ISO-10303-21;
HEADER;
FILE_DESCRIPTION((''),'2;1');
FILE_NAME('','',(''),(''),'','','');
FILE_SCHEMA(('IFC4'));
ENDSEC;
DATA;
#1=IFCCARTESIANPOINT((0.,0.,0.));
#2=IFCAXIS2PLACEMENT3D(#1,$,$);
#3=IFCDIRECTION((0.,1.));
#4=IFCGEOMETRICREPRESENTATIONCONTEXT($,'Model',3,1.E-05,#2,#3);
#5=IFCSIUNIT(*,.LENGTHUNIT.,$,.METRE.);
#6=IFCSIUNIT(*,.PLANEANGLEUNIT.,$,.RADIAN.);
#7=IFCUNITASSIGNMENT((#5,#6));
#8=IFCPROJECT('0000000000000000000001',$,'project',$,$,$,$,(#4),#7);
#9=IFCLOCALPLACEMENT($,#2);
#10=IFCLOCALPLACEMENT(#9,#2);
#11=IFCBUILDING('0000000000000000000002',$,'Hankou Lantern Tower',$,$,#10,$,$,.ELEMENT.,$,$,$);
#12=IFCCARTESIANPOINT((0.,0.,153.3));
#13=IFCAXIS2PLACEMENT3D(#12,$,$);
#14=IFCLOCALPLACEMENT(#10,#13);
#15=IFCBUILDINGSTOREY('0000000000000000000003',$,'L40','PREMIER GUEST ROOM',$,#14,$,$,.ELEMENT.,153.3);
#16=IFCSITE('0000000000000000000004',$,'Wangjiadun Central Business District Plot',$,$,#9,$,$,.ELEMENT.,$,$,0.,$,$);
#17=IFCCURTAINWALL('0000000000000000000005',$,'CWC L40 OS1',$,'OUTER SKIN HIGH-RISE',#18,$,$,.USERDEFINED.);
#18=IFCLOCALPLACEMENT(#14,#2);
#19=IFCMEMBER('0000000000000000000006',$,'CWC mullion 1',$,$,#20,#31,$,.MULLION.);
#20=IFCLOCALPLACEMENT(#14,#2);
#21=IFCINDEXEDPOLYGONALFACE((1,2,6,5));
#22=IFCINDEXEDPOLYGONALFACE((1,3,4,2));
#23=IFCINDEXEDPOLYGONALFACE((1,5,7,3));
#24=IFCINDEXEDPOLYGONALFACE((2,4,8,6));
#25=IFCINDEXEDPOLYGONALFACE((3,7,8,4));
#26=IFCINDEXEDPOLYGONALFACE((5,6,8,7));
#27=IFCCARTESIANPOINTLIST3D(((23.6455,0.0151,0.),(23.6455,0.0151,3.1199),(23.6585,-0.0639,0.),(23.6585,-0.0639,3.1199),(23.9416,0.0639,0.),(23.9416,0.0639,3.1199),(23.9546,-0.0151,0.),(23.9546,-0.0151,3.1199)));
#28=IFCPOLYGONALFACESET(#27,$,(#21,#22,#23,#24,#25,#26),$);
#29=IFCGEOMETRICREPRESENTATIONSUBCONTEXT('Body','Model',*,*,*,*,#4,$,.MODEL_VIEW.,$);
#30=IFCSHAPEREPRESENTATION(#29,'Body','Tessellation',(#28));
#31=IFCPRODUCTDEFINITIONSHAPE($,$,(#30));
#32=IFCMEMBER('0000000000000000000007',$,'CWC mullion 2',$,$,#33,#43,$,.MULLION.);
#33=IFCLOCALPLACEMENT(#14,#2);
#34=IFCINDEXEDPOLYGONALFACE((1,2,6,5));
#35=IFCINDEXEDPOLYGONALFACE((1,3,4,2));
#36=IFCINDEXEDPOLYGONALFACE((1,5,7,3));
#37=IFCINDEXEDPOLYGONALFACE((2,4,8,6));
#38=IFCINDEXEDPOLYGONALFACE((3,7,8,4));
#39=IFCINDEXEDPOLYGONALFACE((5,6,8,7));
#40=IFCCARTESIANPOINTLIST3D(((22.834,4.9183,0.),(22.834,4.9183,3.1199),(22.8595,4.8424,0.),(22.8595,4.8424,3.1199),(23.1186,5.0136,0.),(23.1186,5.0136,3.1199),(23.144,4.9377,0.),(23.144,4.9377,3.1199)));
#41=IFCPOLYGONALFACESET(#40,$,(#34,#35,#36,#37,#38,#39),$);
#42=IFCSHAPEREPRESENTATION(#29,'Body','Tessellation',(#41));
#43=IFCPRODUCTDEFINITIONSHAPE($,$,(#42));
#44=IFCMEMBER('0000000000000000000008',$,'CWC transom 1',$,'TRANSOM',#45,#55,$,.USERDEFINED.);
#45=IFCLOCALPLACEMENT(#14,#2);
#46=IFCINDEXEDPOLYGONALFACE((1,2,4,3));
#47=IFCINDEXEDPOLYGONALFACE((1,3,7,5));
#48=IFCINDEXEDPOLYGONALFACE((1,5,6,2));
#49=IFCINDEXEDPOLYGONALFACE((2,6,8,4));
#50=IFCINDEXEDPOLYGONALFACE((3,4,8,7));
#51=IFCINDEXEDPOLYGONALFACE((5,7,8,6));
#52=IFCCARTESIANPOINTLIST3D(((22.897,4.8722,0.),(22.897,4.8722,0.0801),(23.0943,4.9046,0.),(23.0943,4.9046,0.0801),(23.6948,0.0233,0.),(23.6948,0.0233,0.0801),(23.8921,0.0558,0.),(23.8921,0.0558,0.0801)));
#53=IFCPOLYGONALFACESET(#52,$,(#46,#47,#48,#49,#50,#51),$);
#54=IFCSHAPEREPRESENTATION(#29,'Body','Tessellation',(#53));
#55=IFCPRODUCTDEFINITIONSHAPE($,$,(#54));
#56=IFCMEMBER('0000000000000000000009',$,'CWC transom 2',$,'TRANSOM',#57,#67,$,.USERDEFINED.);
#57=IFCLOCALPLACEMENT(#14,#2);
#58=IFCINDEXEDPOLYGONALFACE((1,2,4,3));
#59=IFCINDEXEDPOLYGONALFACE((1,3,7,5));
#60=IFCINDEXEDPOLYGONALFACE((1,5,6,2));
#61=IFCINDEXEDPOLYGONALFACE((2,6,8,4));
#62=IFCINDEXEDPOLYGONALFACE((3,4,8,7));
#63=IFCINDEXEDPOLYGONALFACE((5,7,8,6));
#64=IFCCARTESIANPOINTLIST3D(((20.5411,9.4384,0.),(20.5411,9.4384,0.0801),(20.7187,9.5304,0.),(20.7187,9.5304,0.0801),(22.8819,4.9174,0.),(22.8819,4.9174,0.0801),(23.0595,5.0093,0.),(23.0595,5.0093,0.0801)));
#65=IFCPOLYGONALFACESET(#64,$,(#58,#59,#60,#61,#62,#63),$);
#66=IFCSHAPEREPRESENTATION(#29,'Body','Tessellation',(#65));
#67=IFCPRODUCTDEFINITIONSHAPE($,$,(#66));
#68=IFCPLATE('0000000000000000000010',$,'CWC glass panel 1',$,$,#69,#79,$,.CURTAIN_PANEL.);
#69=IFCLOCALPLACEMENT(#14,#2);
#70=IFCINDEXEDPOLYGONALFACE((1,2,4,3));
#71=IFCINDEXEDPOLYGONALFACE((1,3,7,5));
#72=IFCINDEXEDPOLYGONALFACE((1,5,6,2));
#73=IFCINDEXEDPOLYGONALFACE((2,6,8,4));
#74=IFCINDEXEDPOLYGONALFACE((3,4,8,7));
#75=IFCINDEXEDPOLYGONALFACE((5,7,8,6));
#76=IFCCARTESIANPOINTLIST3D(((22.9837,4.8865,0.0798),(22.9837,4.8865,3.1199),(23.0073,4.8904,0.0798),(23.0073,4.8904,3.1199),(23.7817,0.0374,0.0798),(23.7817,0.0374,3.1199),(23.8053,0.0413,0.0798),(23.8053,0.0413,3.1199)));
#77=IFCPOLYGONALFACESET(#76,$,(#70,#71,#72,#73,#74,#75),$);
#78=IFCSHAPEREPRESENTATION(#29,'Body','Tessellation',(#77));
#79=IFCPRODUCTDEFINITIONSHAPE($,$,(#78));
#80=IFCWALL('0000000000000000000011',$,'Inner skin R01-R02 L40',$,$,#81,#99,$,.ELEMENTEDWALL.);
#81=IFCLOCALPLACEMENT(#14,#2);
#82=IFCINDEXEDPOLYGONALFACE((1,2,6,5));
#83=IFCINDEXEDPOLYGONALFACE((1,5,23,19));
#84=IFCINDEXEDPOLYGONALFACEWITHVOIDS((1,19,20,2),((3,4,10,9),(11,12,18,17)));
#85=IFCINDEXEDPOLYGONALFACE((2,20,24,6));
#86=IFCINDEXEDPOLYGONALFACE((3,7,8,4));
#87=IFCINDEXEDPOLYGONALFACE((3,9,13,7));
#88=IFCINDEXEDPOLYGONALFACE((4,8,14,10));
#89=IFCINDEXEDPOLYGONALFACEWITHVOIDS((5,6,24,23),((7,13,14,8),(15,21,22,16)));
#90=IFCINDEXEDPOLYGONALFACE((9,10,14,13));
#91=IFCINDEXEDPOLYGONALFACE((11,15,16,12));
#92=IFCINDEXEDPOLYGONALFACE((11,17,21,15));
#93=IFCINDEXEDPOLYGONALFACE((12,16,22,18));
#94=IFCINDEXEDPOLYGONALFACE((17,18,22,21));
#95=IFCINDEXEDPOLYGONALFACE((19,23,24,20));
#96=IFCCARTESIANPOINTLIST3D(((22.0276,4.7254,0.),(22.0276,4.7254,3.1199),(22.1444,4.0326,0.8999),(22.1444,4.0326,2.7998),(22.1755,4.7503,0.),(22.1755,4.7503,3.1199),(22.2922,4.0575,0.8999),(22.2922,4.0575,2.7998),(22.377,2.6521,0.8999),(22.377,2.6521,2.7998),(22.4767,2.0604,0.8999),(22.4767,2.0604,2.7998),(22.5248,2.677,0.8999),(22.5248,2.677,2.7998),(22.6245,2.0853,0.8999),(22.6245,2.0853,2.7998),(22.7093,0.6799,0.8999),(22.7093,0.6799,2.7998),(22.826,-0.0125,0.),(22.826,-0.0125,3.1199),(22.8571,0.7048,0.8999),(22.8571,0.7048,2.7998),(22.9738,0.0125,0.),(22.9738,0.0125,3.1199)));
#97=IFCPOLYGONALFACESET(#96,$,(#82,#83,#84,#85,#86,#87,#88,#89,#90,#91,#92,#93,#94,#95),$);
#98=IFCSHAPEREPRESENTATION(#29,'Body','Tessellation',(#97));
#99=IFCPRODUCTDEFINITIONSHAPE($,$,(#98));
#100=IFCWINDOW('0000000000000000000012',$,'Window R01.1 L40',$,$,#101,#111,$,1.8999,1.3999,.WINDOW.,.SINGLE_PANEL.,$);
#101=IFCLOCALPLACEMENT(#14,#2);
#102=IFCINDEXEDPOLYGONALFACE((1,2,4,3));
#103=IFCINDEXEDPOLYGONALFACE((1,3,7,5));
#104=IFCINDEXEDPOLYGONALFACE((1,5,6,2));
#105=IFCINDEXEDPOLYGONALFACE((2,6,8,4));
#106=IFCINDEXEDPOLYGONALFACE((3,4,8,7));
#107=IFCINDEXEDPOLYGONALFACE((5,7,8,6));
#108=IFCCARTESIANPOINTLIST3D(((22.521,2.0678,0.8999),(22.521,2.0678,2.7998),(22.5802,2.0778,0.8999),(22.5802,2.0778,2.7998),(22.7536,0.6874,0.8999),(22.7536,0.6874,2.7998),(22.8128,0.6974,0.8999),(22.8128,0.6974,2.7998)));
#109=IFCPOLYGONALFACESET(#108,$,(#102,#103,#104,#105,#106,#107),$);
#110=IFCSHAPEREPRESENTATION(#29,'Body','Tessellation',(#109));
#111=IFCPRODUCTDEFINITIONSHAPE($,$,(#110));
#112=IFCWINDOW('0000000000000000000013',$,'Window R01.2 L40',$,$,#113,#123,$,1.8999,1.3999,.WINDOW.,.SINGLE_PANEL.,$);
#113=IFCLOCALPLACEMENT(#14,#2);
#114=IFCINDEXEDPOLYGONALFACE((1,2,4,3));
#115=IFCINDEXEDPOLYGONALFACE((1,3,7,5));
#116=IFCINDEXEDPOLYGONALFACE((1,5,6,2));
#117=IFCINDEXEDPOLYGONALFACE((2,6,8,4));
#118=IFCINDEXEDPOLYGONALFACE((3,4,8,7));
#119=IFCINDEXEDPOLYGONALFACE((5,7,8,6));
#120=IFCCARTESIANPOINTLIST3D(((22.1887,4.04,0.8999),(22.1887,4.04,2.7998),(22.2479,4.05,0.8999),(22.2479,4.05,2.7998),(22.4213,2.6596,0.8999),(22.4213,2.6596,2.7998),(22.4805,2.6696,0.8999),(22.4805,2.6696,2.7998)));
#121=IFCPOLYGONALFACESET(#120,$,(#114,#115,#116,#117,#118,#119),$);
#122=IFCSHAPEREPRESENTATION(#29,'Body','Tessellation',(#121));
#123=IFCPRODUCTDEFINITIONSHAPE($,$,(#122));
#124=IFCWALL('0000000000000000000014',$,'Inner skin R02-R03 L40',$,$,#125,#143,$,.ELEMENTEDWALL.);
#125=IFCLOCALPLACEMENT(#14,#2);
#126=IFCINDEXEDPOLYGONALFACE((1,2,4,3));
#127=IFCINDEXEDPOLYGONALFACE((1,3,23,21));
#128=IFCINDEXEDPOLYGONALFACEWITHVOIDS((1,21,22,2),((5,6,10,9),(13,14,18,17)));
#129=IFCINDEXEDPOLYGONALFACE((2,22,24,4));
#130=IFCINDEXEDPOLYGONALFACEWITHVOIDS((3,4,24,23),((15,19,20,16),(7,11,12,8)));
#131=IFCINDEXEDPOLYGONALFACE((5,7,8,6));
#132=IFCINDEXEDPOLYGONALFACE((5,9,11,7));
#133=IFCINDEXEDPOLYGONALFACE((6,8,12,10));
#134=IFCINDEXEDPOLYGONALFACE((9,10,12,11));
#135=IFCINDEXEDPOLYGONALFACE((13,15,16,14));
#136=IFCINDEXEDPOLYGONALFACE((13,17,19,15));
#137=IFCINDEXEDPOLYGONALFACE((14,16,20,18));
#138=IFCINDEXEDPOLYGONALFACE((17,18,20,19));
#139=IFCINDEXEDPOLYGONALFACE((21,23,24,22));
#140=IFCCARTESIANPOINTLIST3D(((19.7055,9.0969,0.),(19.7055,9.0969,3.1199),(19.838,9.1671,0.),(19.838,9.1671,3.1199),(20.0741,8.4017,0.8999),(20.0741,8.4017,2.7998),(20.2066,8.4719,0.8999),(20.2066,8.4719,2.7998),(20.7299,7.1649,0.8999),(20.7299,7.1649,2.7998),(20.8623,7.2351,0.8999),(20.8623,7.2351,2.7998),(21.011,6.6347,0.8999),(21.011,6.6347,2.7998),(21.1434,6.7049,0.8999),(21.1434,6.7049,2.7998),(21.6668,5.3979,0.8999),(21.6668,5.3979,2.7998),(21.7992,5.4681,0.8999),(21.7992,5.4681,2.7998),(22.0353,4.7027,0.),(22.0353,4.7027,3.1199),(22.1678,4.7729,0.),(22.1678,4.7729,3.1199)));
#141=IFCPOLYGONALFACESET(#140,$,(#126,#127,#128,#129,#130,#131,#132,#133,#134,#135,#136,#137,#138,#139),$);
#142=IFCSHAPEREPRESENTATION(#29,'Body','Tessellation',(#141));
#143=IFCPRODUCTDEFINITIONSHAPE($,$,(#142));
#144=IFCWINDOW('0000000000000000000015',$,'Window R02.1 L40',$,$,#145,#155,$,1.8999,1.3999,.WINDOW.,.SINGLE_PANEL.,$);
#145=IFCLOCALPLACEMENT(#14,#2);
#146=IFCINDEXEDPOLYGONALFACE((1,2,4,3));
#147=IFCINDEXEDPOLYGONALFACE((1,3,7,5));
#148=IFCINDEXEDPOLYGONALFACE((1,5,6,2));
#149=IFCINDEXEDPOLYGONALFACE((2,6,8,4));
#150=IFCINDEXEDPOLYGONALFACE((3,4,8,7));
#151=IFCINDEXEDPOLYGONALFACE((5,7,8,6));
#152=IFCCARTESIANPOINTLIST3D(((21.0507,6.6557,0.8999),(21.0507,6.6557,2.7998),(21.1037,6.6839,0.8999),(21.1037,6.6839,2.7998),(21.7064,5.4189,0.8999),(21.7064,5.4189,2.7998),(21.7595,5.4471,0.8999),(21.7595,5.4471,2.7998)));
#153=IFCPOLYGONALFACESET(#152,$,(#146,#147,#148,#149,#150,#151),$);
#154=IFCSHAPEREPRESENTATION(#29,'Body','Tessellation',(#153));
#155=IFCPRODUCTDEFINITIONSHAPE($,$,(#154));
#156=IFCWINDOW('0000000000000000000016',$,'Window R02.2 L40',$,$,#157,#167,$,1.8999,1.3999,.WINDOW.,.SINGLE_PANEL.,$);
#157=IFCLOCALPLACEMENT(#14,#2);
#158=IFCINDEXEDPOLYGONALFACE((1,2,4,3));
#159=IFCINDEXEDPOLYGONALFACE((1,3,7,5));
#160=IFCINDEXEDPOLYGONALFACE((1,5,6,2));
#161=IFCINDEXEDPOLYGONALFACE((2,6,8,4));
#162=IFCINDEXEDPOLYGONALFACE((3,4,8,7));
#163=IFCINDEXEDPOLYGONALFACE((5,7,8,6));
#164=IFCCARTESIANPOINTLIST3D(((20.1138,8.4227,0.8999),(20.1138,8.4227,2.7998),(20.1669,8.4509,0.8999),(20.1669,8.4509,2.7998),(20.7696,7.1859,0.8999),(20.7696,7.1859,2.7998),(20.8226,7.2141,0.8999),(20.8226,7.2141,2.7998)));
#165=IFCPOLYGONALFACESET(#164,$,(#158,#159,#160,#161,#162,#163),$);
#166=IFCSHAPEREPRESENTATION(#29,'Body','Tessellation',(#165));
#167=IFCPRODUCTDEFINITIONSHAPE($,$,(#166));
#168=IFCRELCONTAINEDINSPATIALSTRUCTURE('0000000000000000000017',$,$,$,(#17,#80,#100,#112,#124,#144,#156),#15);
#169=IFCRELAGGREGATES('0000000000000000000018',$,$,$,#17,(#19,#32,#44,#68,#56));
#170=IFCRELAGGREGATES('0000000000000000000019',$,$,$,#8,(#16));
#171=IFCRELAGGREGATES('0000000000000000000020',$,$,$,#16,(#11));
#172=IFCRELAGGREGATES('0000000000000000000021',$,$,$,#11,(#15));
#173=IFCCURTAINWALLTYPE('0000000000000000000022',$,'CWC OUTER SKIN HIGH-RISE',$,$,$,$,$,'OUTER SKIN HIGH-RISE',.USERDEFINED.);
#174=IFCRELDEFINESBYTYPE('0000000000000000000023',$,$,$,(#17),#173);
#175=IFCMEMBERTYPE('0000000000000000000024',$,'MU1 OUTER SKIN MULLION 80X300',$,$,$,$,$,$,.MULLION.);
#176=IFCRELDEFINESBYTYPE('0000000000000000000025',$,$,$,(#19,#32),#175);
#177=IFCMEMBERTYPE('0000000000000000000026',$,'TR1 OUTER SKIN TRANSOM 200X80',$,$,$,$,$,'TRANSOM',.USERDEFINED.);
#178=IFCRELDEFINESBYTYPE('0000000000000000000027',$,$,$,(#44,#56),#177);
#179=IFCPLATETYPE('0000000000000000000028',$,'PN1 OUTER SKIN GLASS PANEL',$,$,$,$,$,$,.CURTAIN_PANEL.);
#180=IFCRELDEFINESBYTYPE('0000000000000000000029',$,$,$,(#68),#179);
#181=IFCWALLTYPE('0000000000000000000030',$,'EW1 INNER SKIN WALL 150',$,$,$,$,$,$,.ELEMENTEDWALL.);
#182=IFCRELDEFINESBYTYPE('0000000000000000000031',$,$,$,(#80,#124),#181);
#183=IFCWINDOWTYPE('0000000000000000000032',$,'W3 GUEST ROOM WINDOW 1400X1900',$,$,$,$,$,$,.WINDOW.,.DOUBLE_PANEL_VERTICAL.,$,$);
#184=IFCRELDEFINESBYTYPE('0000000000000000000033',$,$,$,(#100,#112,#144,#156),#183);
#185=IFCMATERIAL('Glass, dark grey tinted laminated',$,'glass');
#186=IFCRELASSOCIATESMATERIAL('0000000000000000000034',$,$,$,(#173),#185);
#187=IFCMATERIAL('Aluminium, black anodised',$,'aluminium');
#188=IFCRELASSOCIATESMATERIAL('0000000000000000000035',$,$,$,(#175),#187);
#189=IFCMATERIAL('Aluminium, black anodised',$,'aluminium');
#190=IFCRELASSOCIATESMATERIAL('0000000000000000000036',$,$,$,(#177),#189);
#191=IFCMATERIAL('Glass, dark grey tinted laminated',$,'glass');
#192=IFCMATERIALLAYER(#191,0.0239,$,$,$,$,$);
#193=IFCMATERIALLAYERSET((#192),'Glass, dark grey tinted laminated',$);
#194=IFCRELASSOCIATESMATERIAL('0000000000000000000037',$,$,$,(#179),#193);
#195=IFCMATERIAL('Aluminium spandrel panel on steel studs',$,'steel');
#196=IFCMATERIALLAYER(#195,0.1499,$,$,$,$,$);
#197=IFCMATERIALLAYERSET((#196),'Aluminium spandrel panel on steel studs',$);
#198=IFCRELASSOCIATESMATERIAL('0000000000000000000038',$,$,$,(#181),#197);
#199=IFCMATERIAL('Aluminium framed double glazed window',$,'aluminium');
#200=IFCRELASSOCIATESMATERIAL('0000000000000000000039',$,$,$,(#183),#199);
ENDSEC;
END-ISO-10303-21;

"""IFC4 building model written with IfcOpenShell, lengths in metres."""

from ifc_helpers import new_model, si_unit, direction, frame, frame_2d, origin, origin_2d, place, context, subcontext, project, spatial, rectangle, extrude, material, layer, layer_set, material_profile, profile_set, type_object, element, fill, aggregate, save


model = new_model("IFC4")

# Units and contexts
model_context = context("Model", 3, precision=1e-05, world=origin(), true_north=direction((0.0, 1.0)))
body_context = subcontext(model_context, "Body", "Model", "MODEL_VIEW")
ifc_project = project(units=[si_unit("LENGTHUNIT", "METRE"), si_unit("PLANEANGLEUNIT", "RADIAN")], contexts=[model_context])

# Site, building, storey
site_placement = place(None, origin())
site = spatial("IfcSite", under=ifc_project, at=site_placement, Name="Wangjiadun Central Business District Plot", CompositionType="ELEMENT", RefElevation=0.0)
building_placement = place(site_placement, origin())
building = spatial("IfcBuilding", under=site, at=building_placement, Name="Hankou Lantern Tower", CompositionType="ELEMENT")
storey_placement = place(building_placement, frame((0.0, 0.0, 153.3)))
storey = spatial("IfcBuildingStorey", under=building, at=storey_placement, Name="L40", Description="PREMIER GUEST ROOM", CompositionType="ELEMENT", Elevation=153.3)

# Curtain wall, members, plate
ifc_material_1 = material(Name="Glass, dark grey tinted laminated", Category="glass")
curtain_wall_type = type_object("IfcCurtainWallType", Name="CWC OUTER SKIN HIGH-RISE", ElementType="OUTER SKIN HIGH-RISE", PredefinedType="USERDEFINED", material=ifc_material_1)
curtain_wall_placement = place(storey_placement, origin())
curtain_wall = element("IfcCurtainWall", 1, at=curtain_wall_placement, inside=storey, type_object=curtain_wall_type, Name="CWC L40 OS1", ObjectType="OUTER SKIN HIGH-RISE", PredefinedType="USERDEFINED")
ifc_material_2 = material(Name="Aluminium, black anodised", Category="aluminium")
ifc_material_profile_1 = material_profile(ifc_material_2, rectangle(XDim=0.0801, YDim=0.3, at=origin_2d()), Name="MU1 80X300")
ifc_profile_set_1 = profile_set([ifc_material_profile_1], Name="Aluminium, black anodised")
member_type_1 = type_object("IfcMemberType", Name="MU1 OUTER SKIN MULLION 80X300", PredefinedType="MULLION", material=ifc_profile_set_1)
member_1_placement = place(storey_placement, frame((23.8, 0.0, 0.0), z_axis=(0.0, 0.0, 1.0), x_axis=(-0.162382, 0.986728, 0.0)))
member_1 = element("IfcMember", 2, at=member_1_placement, type_object=member_type_1, Name="CWC mullion 1", PredefinedType="MULLION", context=body_context, shape_type="SweptSolid", body=[
    extrude(rectangle(XDim=0.0801, YDim=0.3, at=origin_2d()), origin(), (0.0, 0.0, 1.0), 3.1199),
])
member_2_placement = place(storey_placement, frame((22.989, 4.928, 0.0), z_axis=(0.0, 0.0, 1.0), x_axis=(-0.317596, 0.948226, 0.0)))
member_2 = element("IfcMember", 3, at=member_2_placement, type_object=member_type_1, Name="CWC mullion 2", PredefinedType="MULLION", context=body_context, shape_type="SweptSolid", body=[
    extrude(rectangle(XDim=0.0801, YDim=0.3, at=origin_2d()), origin(), (0.0, 0.0, 1.0), 3.1199),
])
ifc_material_3 = material(Name="Aluminium, black anodised", Category="aluminium")
ifc_material_profile_2 = material_profile(ifc_material_3, rectangle(XDim=0.2, YDim=0.0801, at=origin_2d()), Name="TR1 200X80")
ifc_profile_set_2 = profile_set([ifc_material_profile_2], Name="Aluminium, black anodised")
member_type_2 = type_object("IfcMemberType", Name="TR1 OUTER SKIN TRANSOM 200X80", ElementType="TRANSOM", PredefinedType="USERDEFINED", material=ifc_profile_set_2)
member_3_placement = place(storey_placement, frame((23.7935, 0.0396, 0.04), z_axis=(-0.16236, 0.986732, 0.0), x_axis=(-0.986732, -0.16236, 0.0)))
member_3 = element("IfcMember", 4, at=member_3_placement, type_object=member_type_2, Name="CWC transom 1", ObjectType="TRANSOM", PredefinedType="USERDEFINED", context=body_context, shape_type="SweptSolid", body=[
    extrude(rectangle(XDim=0.2, YDim=0.0801, at=origin_2d()), origin(), (0.0, 0.0, 1.0), 4.9141),
])
member_4_placement = place(storey_placement, frame((22.9707, 4.9634, 0.04), z_axis=(-0.459791, 0.888027, 0.0), x_axis=(-0.888027, -0.459791, 0.0)))
member_4 = element("IfcMember", 5, at=member_4_placement, type_object=member_type_2, Name="CWC transom 2", ObjectType="TRANSOM", PredefinedType="USERDEFINED", context=body_context, shape_type="SweptSolid", body=[
    extrude(rectangle(XDim=0.2, YDim=0.0801, at=origin_2d()), origin(), (0.0, 0.0, 1.0), 5.0911),
])
ifc_material_4 = material(Name="Glass, dark grey tinted laminated", Category="glass")
ifc_layer_1 = layer(ifc_material_4, 0.0239)
ifc_layer_set_1 = layer_set([ifc_layer_1], Name="Glass, dark grey tinted laminated")
plate_type = type_object("IfcPlateType", Name="PN1 OUTER SKIN GLASS PANEL", PredefinedType="CURTAIN_PANEL", material=ifc_layer_set_1)
plate_placement = place(storey_placement, frame((23.3945, 2.4639, 0.0798), z_axis=(0.0, 0.0, 1.0), x_axis=(-0.162382, 0.986728, 0.0)))
plate = element("IfcPlate", 6, at=plate_placement, type_object=plate_type, Name="CWC glass panel 1", PredefinedType="CURTAIN_PANEL", context=body_context, shape_type="SweptSolid", body=[
    extrude(rectangle(XDim=4.9143, YDim=0.0239, at=origin_2d()), origin(), (0.0, 0.0, 1.0), 3.04),
])
aggregate(curtain_wall, [member_1, member_2, member_3, plate, member_4])

# Walls, openings, windows
ifc_material_5 = material(Name="Aluminium spandrel panel on steel studs", Category="steel")
ifc_layer_2 = layer(ifc_material_5, 0.1499)
ifc_layer_set_2 = layer_set([ifc_layer_2], Name="Aluminium spandrel panel on steel studs")
wall_type_1 = type_object("IfcWallType", Name="EW1 INNER SKIN WALL 150", PredefinedType="ELEMENTEDWALL", material=ifc_layer_set_2)
wall_1_placement = place(storey_placement, frame((22.8999, 0.0, 0.0), z_axis=(0.0, 0.0, 1.0), x_axis=(-0.166162, 0.986098, 0.0)))
wall_1 = element("IfcWall", 7, at=wall_1_placement, inside=storey, type_object=wall_type_1, Name="Inner skin R01-R02 L40", PredefinedType="ELEMENTEDWALL", context=body_context, shape_type="SweptSolid", body=[
    extrude(rectangle(XDim=4.8047, YDim=0.1499, at=frame_2d((2.4023, 0.0))), origin(), (0.0, 0.0, 1.0), 3.1199),
])
opening_1_placement = place(wall_1_placement, frame((0.7021, 0.0, 0.8999)))
opening_1 = element("IfcOpeningElement", 8, at=opening_1_placement, cuts=wall_1, PredefinedType="OPENING", context=body_context, shape_type="SweptSolid", body=[
    extrude(rectangle(XDim=1.3999, YDim=1.8999, at=frame_2d((0.7, 0.95))), frame((0.0, 0.085, 0.0), z_axis=(0.0, -1.0, 0.0), x_axis=(1.0, 0.0, 0.0)), (0.0, 0.0, 1.0), 0.1699),
])
opening_2_placement = place(wall_1_placement, frame((2.7021, 0.0, 0.8999)))
opening_2 = element("IfcOpeningElement", 9, at=opening_2_placement, cuts=wall_1, PredefinedType="OPENING", context=body_context, shape_type="SweptSolid", body=[
    extrude(rectangle(XDim=1.3999, YDim=1.8999, at=frame_2d((0.7, 0.95))), frame((0.0, 0.085, 0.0), z_axis=(0.0, -1.0, 0.0), x_axis=(1.0, 0.0, 0.0)), (0.0, 0.0, 1.0), 0.1699),
])
ifc_material_6 = material(Name="Aluminium framed double glazed window", Category="aluminium")
window_type = type_object("IfcWindowType", Name="W3 GUEST ROOM WINDOW 1400X1900", PartitioningType="DOUBLE_PANEL_VERTICAL", PredefinedType="WINDOW", material=ifc_material_6)
window_1_placement = place(opening_1_placement, origin())
window_1 = element("IfcWindow", 10, at=window_1_placement, inside=storey, type_object=window_type, Name="Window R01.1 L40", OverallHeight=1.8999, OverallWidth=1.3999, PartitioningType="SINGLE_PANEL", PredefinedType="WINDOW", context=body_context, shape_type="SweptSolid", body=[
    extrude(rectangle(XDim=1.3999, YDim=1.8999, at=frame_2d((0.7, 0.95))), frame((0.0, 0.03, 0.0), z_axis=(0.0, -1.0, 0.0), x_axis=(1.0, 0.0, 0.0)), (0.0, 0.0, 1.0), 0.0601),
])
fill(opening_1, window_1)
window_2_placement = place(opening_2_placement, origin())
window_2 = element("IfcWindow", 11, at=window_2_placement, inside=storey, type_object=window_type, Name="Window R01.2 L40", OverallHeight=1.8999, OverallWidth=1.3999, PartitioningType="SINGLE_PANEL", PredefinedType="WINDOW", context=body_context, shape_type="SweptSolid", body=[
    extrude(rectangle(XDim=1.3999, YDim=1.8999, at=frame_2d((0.7, 0.95))), frame((0.0, 0.03, 0.0), z_axis=(0.0, -1.0, 0.0), x_axis=(1.0, 0.0, 0.0)), (0.0, 0.0, 1.0), 0.0601),
])
fill(opening_2, window_2)
wall_2_placement = place(storey_placement, frame((22.1016, 4.7378, 0.0), z_axis=(0.0, 0.0, 1.0), x_axis=(-0.468429, 0.883501, 0.0)))
wall_2 = element("IfcWall", 12, at=wall_2_placement, inside=storey, type_object=wall_type_1, Name="Inner skin R02-R03 L40", PredefinedType="ELEMENTEDWALL", context=body_context, shape_type="SweptSolid", body=[
    extrude(rectangle(XDim=4.9736, YDim=0.1499, at=frame_2d((2.4868, 0.0))), origin(), (0.0, 0.0, 1.0), 3.1199),
])
opening_3_placement = place(wall_2_placement, frame((0.7869, 0.0, 0.8999)))
opening_3 = element("IfcOpeningElement", 13, at=opening_3_placement, cuts=wall_2, PredefinedType="OPENING", context=body_context, shape_type="SweptSolid", body=[
    extrude(rectangle(XDim=1.3999, YDim=1.8999, at=frame_2d((0.7, 0.95))), frame((0.0, 0.085, 0.0), z_axis=(0.0, -1.0, 0.0), x_axis=(1.0, 0.0, 0.0)), (0.0, 0.0, 1.0), 0.1699),
])
opening_4_placement = place(wall_2_placement, frame((2.7869, 0.0, 0.8999)))
opening_4 = element("IfcOpeningElement", 14, at=opening_4_placement, cuts=wall_2, PredefinedType="OPENING", context=body_context, shape_type="SweptSolid", body=[
    extrude(rectangle(XDim=1.3999, YDim=1.8999, at=frame_2d((0.7, 0.95))), frame((0.0, 0.085, 0.0), z_axis=(0.0, -1.0, 0.0), x_axis=(1.0, 0.0, 0.0)), (0.0, 0.0, 1.0), 0.1699),
])
window_3_placement = place(opening_3_placement, origin())
window_3 = element("IfcWindow", 15, at=window_3_placement, inside=storey, type_object=window_type, Name="Window R02.1 L40", OverallHeight=1.8999, OverallWidth=1.3999, PartitioningType="SINGLE_PANEL", PredefinedType="WINDOW", context=body_context, shape_type="SweptSolid", body=[
    extrude(rectangle(XDim=1.3999, YDim=1.8999, at=frame_2d((0.7, 0.95))), frame((0.0, 0.03, 0.0), z_axis=(0.0, -1.0, 0.0), x_axis=(1.0, 0.0, 0.0)), (0.0, 0.0, 1.0), 0.0601),
])
fill(opening_3, window_3)
window_4_placement = place(opening_4_placement, origin())
window_4 = element("IfcWindow", 16, at=window_4_placement, inside=storey, type_object=window_type, Name="Window R02.2 L40", OverallHeight=1.8999, OverallWidth=1.3999, PartitioningType="SINGLE_PANEL", PredefinedType="WINDOW", context=body_context, shape_type="SweptSolid", body=[
    extrude(rectangle(XDim=1.3999, YDim=1.8999, at=frame_2d((0.7, 0.95))), frame((0.0, 0.03, 0.0), z_axis=(0.0, -1.0, 0.0), x_axis=(1.0, 0.0, 0.0)), (0.0, 0.0, 1.0), 0.0601),
])
fill(opening_4, window_4)

save(model, "model.ifc")
